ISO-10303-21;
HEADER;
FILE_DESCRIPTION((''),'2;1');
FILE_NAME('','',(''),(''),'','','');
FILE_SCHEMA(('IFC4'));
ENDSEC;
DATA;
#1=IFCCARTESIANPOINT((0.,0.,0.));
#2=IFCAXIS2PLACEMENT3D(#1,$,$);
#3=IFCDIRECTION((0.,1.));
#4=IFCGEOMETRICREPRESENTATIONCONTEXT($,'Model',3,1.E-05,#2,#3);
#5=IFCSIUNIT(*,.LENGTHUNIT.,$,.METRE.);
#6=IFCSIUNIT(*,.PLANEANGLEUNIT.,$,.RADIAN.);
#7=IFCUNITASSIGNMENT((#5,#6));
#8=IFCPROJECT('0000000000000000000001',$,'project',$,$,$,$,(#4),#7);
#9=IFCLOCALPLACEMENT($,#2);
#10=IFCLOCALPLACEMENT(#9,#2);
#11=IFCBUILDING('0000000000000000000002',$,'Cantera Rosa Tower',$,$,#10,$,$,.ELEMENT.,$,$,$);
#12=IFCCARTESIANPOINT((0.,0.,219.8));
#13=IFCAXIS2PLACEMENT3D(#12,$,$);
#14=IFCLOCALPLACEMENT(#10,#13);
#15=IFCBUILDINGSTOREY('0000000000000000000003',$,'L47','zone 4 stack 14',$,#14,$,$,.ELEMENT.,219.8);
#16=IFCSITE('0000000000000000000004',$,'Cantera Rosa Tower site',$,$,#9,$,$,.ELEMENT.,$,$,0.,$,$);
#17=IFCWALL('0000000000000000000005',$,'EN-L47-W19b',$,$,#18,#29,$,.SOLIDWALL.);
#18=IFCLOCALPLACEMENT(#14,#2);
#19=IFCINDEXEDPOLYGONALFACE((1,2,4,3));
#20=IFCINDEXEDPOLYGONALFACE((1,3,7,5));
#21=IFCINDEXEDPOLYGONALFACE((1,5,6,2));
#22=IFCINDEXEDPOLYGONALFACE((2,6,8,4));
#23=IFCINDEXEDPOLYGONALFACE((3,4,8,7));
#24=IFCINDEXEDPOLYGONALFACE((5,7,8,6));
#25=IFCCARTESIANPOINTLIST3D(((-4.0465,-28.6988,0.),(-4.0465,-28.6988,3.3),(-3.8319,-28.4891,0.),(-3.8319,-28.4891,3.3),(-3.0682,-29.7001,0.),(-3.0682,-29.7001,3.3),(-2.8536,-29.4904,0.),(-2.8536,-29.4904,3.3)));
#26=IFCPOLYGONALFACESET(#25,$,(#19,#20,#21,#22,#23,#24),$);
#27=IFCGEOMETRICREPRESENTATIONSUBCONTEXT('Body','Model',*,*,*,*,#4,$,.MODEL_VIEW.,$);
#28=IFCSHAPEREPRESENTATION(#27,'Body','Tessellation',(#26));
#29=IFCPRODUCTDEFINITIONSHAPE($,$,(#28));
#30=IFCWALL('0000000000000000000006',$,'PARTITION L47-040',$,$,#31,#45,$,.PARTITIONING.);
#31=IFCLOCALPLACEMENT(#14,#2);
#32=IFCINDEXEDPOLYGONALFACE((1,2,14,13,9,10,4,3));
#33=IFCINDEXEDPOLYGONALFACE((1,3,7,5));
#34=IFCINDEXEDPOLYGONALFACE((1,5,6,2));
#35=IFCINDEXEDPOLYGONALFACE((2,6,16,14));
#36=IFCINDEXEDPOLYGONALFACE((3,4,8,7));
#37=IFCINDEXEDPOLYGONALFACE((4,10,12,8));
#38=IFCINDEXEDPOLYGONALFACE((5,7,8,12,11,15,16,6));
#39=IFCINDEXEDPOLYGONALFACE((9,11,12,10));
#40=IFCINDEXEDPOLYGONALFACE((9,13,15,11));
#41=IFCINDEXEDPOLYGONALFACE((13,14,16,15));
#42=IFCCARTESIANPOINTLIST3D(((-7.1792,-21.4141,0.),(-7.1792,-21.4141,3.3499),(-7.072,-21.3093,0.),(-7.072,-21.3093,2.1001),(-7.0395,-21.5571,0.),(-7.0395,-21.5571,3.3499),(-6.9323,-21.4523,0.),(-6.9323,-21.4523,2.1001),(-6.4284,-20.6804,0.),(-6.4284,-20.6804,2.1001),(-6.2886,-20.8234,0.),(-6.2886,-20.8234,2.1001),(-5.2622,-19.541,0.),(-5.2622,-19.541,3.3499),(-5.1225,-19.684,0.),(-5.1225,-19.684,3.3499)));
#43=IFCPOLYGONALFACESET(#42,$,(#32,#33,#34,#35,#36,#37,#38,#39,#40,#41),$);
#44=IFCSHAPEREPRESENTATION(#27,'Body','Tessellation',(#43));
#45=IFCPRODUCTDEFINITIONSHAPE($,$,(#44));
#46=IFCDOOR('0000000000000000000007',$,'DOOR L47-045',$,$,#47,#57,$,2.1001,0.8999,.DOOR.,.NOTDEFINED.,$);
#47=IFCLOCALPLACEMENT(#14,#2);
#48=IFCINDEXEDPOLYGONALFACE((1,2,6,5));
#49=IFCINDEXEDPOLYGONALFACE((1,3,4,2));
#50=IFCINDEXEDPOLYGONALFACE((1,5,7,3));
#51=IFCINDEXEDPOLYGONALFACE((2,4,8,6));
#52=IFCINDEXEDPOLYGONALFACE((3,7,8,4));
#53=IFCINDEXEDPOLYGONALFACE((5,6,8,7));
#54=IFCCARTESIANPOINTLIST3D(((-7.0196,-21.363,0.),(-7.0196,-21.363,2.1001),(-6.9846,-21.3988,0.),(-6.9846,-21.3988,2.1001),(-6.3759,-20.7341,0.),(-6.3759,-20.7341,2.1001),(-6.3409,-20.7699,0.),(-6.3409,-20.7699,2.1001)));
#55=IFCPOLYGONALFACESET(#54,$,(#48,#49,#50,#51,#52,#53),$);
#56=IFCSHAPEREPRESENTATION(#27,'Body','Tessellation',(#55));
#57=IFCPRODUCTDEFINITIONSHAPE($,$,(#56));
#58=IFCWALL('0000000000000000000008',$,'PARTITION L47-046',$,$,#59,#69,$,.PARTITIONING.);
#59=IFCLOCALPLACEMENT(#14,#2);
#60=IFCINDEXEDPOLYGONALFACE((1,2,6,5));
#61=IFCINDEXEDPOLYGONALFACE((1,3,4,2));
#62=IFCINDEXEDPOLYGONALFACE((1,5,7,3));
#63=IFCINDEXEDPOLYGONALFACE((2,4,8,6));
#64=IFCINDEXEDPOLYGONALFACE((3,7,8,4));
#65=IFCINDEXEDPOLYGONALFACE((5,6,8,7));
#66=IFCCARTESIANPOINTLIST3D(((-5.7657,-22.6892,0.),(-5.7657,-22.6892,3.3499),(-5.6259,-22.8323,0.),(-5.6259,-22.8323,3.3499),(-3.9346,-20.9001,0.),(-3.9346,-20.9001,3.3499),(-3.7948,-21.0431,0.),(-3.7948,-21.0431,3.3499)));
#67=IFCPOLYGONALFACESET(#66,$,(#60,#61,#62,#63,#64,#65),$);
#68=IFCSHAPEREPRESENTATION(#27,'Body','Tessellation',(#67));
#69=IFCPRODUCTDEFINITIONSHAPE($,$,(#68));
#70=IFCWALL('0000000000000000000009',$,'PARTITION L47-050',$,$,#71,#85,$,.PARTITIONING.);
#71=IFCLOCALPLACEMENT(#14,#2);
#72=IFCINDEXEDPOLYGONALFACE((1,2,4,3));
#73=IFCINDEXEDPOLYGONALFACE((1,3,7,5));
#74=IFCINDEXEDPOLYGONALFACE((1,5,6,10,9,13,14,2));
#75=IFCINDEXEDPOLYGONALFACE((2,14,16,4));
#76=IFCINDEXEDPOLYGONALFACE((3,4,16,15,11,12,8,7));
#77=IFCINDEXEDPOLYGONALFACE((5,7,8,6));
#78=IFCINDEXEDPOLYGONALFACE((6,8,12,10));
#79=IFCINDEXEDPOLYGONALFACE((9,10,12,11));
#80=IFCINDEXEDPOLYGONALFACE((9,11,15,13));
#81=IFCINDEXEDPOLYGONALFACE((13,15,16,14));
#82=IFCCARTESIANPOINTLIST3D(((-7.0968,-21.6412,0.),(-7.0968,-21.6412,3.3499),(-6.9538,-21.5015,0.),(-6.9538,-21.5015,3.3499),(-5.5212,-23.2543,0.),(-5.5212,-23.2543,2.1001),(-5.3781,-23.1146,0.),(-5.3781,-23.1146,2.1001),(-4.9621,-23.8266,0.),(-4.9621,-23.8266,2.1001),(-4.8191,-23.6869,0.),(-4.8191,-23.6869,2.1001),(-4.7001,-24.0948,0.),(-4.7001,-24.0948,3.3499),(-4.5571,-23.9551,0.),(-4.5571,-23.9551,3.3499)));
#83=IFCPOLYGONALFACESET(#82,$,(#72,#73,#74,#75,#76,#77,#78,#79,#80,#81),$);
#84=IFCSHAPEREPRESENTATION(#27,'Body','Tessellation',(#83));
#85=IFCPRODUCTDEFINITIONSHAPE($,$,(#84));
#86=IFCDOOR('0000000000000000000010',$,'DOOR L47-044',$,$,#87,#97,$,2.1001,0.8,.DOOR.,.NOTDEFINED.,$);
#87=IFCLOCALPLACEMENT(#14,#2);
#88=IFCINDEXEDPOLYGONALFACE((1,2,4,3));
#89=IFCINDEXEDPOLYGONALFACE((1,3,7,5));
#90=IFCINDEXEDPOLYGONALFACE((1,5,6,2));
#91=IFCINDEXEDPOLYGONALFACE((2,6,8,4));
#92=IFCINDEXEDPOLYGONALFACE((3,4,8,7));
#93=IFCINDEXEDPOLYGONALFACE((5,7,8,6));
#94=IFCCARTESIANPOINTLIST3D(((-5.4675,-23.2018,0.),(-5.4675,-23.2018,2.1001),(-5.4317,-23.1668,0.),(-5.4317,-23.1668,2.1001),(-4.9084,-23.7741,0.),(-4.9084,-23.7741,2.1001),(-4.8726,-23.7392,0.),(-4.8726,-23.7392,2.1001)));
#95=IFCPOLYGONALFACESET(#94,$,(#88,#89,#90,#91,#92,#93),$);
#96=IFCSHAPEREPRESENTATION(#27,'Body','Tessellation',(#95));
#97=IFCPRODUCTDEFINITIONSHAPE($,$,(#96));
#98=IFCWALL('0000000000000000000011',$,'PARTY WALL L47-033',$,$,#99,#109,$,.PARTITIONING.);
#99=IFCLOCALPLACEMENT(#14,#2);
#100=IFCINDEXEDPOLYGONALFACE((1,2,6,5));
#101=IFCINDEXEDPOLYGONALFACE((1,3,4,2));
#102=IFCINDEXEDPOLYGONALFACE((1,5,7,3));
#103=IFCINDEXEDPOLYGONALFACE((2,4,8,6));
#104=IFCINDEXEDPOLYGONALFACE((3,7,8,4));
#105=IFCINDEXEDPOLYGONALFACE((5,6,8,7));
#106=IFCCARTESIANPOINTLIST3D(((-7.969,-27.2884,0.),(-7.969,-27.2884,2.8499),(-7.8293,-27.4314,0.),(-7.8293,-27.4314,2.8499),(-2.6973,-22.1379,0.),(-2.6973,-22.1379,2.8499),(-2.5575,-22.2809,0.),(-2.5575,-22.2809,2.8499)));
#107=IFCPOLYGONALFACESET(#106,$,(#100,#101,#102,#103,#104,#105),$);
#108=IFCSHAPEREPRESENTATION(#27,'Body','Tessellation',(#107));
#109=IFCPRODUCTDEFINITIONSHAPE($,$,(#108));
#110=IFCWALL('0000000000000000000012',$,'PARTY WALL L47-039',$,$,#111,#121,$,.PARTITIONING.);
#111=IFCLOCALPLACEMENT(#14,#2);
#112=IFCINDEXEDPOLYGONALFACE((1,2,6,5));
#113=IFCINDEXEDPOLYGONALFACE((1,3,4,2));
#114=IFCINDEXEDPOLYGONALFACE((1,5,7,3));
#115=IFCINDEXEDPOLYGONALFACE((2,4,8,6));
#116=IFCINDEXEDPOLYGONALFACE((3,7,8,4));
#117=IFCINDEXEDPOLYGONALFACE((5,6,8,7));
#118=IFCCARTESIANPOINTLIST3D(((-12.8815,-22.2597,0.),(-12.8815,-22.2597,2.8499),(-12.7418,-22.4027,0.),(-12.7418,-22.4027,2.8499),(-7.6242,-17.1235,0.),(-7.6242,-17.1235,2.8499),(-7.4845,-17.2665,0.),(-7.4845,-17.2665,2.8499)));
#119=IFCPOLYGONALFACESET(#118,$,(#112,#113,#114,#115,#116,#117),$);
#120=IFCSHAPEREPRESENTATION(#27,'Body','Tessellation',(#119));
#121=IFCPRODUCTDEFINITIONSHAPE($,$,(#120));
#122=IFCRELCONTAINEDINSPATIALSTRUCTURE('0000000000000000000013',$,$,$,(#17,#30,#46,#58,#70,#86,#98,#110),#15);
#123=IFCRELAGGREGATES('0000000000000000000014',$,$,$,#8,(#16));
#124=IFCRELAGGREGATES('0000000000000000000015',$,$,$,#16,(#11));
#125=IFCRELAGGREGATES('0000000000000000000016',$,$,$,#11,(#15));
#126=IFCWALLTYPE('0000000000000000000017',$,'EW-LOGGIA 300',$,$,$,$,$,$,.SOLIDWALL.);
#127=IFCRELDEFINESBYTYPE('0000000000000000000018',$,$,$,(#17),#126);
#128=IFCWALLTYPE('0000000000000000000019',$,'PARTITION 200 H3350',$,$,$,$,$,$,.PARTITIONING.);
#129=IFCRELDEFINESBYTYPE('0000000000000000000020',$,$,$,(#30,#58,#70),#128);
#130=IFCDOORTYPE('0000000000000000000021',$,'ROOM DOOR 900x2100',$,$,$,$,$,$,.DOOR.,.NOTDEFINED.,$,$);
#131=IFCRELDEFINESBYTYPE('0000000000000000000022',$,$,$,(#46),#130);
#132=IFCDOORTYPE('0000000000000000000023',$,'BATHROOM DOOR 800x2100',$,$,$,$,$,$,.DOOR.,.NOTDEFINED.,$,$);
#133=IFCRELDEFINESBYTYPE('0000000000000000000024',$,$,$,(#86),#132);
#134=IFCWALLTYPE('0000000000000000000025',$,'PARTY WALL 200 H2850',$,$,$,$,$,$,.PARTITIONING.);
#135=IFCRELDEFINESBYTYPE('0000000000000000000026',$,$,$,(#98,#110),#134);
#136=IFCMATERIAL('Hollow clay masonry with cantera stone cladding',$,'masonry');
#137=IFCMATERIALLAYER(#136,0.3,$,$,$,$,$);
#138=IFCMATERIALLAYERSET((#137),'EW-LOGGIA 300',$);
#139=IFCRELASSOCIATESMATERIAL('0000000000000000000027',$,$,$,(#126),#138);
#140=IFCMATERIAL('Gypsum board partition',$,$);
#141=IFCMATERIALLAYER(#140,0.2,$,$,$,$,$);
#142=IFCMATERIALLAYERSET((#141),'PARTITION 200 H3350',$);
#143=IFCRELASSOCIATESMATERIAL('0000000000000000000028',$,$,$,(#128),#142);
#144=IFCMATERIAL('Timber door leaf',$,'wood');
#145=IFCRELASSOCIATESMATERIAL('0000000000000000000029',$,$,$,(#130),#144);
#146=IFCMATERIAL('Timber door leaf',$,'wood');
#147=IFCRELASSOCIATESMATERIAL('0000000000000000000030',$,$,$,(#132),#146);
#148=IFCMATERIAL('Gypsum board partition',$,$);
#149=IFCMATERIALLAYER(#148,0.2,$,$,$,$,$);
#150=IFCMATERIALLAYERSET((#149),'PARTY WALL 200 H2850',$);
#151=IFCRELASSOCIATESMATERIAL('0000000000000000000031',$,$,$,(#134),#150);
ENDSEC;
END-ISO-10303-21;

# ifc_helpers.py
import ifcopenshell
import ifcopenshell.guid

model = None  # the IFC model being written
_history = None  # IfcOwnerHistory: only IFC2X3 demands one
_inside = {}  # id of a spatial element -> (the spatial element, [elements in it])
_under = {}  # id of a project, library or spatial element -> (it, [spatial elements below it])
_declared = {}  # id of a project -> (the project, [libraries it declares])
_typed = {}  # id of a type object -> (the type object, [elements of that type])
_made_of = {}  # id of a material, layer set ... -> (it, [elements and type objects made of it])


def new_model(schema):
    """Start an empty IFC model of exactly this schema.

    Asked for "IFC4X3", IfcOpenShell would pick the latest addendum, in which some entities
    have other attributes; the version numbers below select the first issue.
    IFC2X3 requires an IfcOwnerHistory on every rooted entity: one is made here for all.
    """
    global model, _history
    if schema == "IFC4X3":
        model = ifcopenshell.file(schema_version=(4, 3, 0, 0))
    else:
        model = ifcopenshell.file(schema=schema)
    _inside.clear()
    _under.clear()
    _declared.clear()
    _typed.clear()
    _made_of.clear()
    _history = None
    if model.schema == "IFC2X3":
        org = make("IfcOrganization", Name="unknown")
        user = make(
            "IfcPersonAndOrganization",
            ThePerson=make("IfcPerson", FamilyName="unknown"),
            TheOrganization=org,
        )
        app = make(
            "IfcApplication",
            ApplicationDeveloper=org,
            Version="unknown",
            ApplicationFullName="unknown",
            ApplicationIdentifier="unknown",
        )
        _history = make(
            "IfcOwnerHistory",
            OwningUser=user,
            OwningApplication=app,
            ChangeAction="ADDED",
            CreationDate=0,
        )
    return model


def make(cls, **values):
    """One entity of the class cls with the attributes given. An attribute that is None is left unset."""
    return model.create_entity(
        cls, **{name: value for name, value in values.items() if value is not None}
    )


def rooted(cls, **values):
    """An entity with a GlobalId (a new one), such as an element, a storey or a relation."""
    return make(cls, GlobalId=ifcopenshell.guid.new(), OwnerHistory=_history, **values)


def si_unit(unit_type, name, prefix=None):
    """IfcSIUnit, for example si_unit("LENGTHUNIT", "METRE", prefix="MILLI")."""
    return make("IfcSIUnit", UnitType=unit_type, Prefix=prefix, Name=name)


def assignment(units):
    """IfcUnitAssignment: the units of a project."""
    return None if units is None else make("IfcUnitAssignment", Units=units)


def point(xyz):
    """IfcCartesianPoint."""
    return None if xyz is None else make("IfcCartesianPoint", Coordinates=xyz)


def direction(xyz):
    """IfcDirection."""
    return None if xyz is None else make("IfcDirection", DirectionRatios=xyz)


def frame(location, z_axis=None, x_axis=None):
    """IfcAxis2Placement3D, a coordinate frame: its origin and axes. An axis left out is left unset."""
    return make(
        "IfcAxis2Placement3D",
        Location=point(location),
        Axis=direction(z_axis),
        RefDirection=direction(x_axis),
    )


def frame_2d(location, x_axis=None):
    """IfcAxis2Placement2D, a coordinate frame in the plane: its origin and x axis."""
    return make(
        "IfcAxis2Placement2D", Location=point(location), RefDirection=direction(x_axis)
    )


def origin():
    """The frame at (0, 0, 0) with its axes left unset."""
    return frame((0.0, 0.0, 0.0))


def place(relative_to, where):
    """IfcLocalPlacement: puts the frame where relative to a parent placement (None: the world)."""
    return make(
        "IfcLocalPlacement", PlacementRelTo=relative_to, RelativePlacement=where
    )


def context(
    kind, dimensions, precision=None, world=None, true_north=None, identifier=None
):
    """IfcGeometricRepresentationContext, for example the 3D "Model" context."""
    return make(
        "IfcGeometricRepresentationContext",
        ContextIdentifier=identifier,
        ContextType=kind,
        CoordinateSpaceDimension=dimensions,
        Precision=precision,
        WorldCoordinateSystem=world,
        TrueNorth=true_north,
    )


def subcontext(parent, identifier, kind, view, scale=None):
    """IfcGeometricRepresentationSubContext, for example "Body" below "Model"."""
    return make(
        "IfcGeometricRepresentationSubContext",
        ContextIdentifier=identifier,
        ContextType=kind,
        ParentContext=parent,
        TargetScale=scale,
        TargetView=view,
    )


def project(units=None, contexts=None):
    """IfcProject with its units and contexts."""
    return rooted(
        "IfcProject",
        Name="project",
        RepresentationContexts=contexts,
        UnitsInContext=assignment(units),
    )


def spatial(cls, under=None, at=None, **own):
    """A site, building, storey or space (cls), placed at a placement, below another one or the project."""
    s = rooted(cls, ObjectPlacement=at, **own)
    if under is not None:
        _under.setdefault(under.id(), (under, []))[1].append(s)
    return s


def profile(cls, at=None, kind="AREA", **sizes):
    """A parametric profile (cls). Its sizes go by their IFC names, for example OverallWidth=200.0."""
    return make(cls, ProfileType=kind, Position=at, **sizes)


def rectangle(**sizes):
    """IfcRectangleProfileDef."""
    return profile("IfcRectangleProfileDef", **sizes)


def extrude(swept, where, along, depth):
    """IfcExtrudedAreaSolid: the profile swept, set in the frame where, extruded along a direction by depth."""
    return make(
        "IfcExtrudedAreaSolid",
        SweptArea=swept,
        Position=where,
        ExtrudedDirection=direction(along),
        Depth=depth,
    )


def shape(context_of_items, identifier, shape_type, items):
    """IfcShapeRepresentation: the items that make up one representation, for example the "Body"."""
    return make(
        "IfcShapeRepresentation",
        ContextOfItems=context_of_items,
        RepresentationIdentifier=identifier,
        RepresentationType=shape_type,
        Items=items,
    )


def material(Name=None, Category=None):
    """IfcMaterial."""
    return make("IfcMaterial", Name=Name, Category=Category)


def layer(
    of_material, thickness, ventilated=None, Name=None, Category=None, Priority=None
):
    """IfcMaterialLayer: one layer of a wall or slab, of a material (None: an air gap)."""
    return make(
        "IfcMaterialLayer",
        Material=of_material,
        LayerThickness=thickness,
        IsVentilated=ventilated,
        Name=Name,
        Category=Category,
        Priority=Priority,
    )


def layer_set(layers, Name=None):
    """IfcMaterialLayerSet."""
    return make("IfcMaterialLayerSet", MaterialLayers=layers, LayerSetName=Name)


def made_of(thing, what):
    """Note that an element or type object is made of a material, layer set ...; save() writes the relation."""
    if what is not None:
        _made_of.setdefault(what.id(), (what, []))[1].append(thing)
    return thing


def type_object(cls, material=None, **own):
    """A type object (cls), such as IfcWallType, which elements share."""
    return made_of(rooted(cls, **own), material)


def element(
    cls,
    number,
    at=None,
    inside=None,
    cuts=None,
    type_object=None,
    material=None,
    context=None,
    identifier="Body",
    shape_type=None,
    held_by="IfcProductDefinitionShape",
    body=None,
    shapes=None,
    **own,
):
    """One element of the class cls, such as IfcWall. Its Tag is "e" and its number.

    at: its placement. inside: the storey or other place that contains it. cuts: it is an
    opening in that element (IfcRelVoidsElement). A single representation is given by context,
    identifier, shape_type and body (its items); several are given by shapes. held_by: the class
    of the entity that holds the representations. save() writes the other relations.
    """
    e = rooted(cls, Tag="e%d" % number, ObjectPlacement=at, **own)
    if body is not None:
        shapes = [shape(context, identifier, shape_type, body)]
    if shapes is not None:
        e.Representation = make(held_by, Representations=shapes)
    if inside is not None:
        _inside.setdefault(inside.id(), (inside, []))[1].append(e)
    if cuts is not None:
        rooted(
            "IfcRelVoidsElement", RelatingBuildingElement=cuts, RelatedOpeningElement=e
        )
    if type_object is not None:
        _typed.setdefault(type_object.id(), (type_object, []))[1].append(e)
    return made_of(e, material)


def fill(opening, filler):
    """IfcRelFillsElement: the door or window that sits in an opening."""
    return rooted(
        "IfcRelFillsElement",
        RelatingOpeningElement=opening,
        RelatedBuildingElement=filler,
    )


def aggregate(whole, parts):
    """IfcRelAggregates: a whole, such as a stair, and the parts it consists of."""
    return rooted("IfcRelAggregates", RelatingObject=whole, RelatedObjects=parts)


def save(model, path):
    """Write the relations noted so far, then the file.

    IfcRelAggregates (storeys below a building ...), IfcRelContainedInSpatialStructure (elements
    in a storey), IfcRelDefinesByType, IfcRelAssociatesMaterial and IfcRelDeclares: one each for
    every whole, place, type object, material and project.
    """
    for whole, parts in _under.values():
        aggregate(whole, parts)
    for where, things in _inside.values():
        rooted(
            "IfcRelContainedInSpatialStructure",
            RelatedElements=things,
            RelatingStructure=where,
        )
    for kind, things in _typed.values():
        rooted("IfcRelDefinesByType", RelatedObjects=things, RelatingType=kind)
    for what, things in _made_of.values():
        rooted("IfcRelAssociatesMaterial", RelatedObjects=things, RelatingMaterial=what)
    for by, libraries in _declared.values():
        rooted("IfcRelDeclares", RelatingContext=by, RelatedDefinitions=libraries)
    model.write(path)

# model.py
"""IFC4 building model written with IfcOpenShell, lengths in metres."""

from ifc_helpers import new_model, si_unit, direction, frame, frame_2d, origin, place, context, subcontext, project, spatial, rectangle, extrude, material, layer, layer_set, type_object, element, fill, save


model = new_model("IFC4")

# Units and contexts
model_context = context("Model", 3, precision=1e-05, world=origin(), true_north=direction((0.0, 1.0)))
body_context = subcontext(model_context, "Body", "Model", "MODEL_VIEW")
ifc_project = project(units=[si_unit("LENGTHUNIT", "METRE"), si_unit("PLANEANGLEUNIT", "RADIAN")], contexts=[model_context])

# Site, building, storey
site_placement = place(None, origin())
site = spatial("IfcSite", under=ifc_project, at=site_placement, Name="Cantera Rosa Tower site", CompositionType="ELEMENT", RefElevation=0.0)
building_placement = place(site_placement, origin())
building = spatial("IfcBuilding", under=site, at=building_placement, Name="Cantera Rosa Tower", CompositionType="ELEMENT")
storey_placement = place(building_placement, frame((0.0, 0.0, 219.8)))
storey = spatial("IfcBuildingStorey", under=building, at=storey_placement, Name="L47", Description="zone 4 stack 14", CompositionType="ELEMENT", Elevation=219.8)

# Wall
ifc_material_1 = material(Name="Hollow clay masonry with cantera stone cladding", Category="masonry")
ifc_layer_1 = layer(ifc_material_1, 0.3)
ifc_layer_set_1 = layer_set([ifc_layer_1], Name="EW-LOGGIA 300")
wall_type_1 = type_object("IfcWallType", Name="EW-LOGGIA 300", PredefinedType="SOLIDWALL", material=ifc_layer_set_1)
wall_1_placement = place(storey_placement, frame((-3.9392, -28.594, 0.0), z_axis=(0.0, 0.0, 1.0), x_axis=(0.698862, -0.715257, 0.0)))
element("IfcWall", 1, at=wall_1_placement, inside=storey, type_object=wall_type_1, Name="EN-L47-W19b", PredefinedType="SOLIDWALL", context=body_context, shape_type="SweptSolid", body=[
    extrude(rectangle(XDim=1.3999, YDim=0.3, at=frame_2d((0.7, 0.0))), origin(), (0.0, 0.0, 1.0), 3.3),
])

# Wall, opening, door
ifc_material_2 = material(Name="Gypsum board partition")
ifc_layer_2 = layer(ifc_material_2, 0.2)
ifc_layer_set_2 = layer_set([ifc_layer_2], Name="PARTITION 200 H3350")
wall_type_2 = type_object("IfcWallType", Name="PARTITION 200 H3350", PredefinedType="PARTITIONING", material=ifc_layer_set_2)
wall_2_placement = place(storey_placement, frame((-7.1094, -21.4856, 0.0), z_axis=(0.0, 0.0, 1.0), x_axis=(0.715258, 0.698861, 0.0)))
wall_2 = element("IfcWall", 2, at=wall_2_placement, inside=storey, type_object=wall_type_2, Name="PARTITION L47-040", PredefinedType="PARTITIONING", context=body_context, shape_type="SweptSolid", body=[
    extrude(rectangle(XDim=2.6802, YDim=0.2, at=frame_2d((1.3401, 0.0))), origin(), (0.0, 0.0, 1.0), 3.3499),
])
opening_1_placement = place(wall_2_placement, frame((0.1499, 0.0, 0.0)))
opening_1 = element("IfcOpeningElement", 3, at=opening_1_placement, cuts=wall_2, PredefinedType="OPENING", context=body_context, shape_type="SweptSolid", body=[
    extrude(rectangle(XDim=0.8999, YDim=2.1001, at=frame_2d((0.45, 1.05))), frame((0.0, 0.1099, 0.0), z_axis=(0.0, -1.0, 0.0), x_axis=(1.0, 0.0, 0.0)), (0.0, 0.0, 1.0), 0.22),
])
ifc_material_3 = material(Name="Timber door leaf", Category="wood")
door_type_1 = type_object("IfcDoorType", Name="ROOM DOOR 900x2100", OperationType="NOTDEFINED", PredefinedType="DOOR", material=ifc_material_3)
door_1_placement = place(opening_1_placement, origin())
door_1 = element("IfcDoor", 4, at=door_1_placement, inside=storey, type_object=door_type_1, Name="DOOR L47-045", OperationType="NOTDEFINED", OverallHeight=2.1001, OverallWidth=0.8999, PredefinedType="DOOR", context=body_context, shape_type="SweptSolid", body=[
    extrude(rectangle(XDim=0.8999, YDim=2.1001, at=frame_2d((0.45, 1.05))), frame((0.0, 0.0249, 0.0), z_axis=(0.0, -1.0, 0.0), x_axis=(1.0, 0.0, 0.0)), (0.0, 0.0, 1.0), 0.05),
])
fill(opening_1, door_1)

# Wall
wall_3_placement = place(storey_placement, frame((-5.6958, -22.7607, 0.0), z_axis=(0.0, 0.0, 1.0), x_axis=(0.715261, 0.698858, 0.0)))
element("IfcWall", 5, at=wall_3_placement, inside=storey, type_object=wall_type_2, Name="PARTITION L47-046", PredefinedType="PARTITIONING", context=body_context, shape_type="SweptSolid", body=[
    extrude(rectangle(XDim=2.5601, YDim=0.2, at=frame_2d((1.28, 0.0))), origin(), (0.0, 0.0, 1.0), 3.3499),
])

# Wall, opening, door
wall_4_placement = place(storey_placement, frame((-4.6287, -24.0249, 0.0), z_axis=(0.0, 0.0, 1.0), x_axis=(-0.698766, 0.715351, 0.0)))
wall_4 = element("IfcWall", 6, at=wall_4_placement, inside=storey, type_object=wall_type_2, Name="PARTITION L47-050", PredefinedType="PARTITIONING", context=body_context, shape_type="SweptSolid", body=[
    extrude(rectangle(XDim=3.4299, YDim=0.2, at=frame_2d((1.7148, 0.0))), origin(), (0.0, 0.0, 1.0), 3.3499),
])
opening_2_placement = place(wall_4_placement, frame((0.375, 0.0, 0.0)))
opening_2 = element("IfcOpeningElement", 7, at=opening_2_placement, cuts=wall_4, PredefinedType="OPENING", context=body_context, shape_type="SweptSolid", body=[
    extrude(rectangle(XDim=0.8, YDim=2.1001, at=frame_2d((0.3999, 1.05))), frame((0.0, 0.1099, 0.0), z_axis=(0.0, -1.0, 0.0), x_axis=(1.0, 0.0, 0.0)), (0.0, 0.0, 1.0), 0.22),
])
ifc_material_4 = material(Name="Timber door leaf", Category="wood")
door_type_2 = type_object("IfcDoorType", Name="BATHROOM DOOR 800x2100", OperationType="NOTDEFINED", PredefinedType="DOOR", material=ifc_material_4)
door_2_placement = place(opening_2_placement, origin())
door_2 = element("IfcDoor", 8, at=door_2_placement, inside=storey, type_object=door_type_2, Name="DOOR L47-044", OperationType="NOTDEFINED", OverallHeight=2.1001, OverallWidth=0.8, PredefinedType="DOOR", context=body_context, shape_type="SweptSolid", body=[
    extrude(rectangle(XDim=0.8, YDim=2.1001, at=frame_2d((0.3999, 1.05))), frame((0.0, 0.0249, 0.0), z_axis=(0.0, -1.0, 0.0), x_axis=(1.0, 0.0, 0.0)), (0.0, 0.0, 1.0), 0.05),
])
fill(opening_2, door_2)

# Walls
ifc_material_5 = material(Name="Gypsum board partition")
ifc_layer_3 = layer(ifc_material_5, 0.2)
ifc_layer_set_3 = layer_set([ifc_layer_3], Name="PARTY WALL 200 H2850")
wall_type_3 = type_object("IfcWallType", Name="PARTY WALL 200 H2850", PredefinedType="PARTITIONING", material=ifc_layer_set_3)
wall_5_placement = place(storey_placement, frame((-7.8992, -27.3599, 0.0), z_axis=(0.0, 0.0, 1.0), x_axis=(0.715291, 0.698827, 0.0)))
element("IfcWall", 9, at=wall_5_placement, inside=storey, type_object=wall_type_3, Name="PARTY WALL L47-033", PredefinedType="PARTITIONING", context=body_context, shape_type="SweptSolid", body=[
    extrude(rectangle(XDim=7.3701, YDim=0.2, at=frame_2d((3.6851, 0.0))), origin(), (0.0, 0.0, 1.0), 2.8499),
])
wall_6_placement = place(storey_placement, frame((-7.5544, -17.1951, 0.0), z_axis=(0.0, 0.0, 1.0), x_axis=(-0.715297, -0.698821, 0.0)))
element("IfcWall", 10, at=wall_6_placement, inside=storey, type_object=wall_type_3, Name="PARTY WALL L47-039", PredefinedType="PARTITIONING", context=body_context, shape_type="SweptSolid", body=[
    extrude(rectangle(XDim=7.3499, YDim=0.2, at=frame_2d((3.6748, 0.0))), origin(), (0.0, 0.0, 1.0), 2.8499),
])

save(model, "model.ifc")
